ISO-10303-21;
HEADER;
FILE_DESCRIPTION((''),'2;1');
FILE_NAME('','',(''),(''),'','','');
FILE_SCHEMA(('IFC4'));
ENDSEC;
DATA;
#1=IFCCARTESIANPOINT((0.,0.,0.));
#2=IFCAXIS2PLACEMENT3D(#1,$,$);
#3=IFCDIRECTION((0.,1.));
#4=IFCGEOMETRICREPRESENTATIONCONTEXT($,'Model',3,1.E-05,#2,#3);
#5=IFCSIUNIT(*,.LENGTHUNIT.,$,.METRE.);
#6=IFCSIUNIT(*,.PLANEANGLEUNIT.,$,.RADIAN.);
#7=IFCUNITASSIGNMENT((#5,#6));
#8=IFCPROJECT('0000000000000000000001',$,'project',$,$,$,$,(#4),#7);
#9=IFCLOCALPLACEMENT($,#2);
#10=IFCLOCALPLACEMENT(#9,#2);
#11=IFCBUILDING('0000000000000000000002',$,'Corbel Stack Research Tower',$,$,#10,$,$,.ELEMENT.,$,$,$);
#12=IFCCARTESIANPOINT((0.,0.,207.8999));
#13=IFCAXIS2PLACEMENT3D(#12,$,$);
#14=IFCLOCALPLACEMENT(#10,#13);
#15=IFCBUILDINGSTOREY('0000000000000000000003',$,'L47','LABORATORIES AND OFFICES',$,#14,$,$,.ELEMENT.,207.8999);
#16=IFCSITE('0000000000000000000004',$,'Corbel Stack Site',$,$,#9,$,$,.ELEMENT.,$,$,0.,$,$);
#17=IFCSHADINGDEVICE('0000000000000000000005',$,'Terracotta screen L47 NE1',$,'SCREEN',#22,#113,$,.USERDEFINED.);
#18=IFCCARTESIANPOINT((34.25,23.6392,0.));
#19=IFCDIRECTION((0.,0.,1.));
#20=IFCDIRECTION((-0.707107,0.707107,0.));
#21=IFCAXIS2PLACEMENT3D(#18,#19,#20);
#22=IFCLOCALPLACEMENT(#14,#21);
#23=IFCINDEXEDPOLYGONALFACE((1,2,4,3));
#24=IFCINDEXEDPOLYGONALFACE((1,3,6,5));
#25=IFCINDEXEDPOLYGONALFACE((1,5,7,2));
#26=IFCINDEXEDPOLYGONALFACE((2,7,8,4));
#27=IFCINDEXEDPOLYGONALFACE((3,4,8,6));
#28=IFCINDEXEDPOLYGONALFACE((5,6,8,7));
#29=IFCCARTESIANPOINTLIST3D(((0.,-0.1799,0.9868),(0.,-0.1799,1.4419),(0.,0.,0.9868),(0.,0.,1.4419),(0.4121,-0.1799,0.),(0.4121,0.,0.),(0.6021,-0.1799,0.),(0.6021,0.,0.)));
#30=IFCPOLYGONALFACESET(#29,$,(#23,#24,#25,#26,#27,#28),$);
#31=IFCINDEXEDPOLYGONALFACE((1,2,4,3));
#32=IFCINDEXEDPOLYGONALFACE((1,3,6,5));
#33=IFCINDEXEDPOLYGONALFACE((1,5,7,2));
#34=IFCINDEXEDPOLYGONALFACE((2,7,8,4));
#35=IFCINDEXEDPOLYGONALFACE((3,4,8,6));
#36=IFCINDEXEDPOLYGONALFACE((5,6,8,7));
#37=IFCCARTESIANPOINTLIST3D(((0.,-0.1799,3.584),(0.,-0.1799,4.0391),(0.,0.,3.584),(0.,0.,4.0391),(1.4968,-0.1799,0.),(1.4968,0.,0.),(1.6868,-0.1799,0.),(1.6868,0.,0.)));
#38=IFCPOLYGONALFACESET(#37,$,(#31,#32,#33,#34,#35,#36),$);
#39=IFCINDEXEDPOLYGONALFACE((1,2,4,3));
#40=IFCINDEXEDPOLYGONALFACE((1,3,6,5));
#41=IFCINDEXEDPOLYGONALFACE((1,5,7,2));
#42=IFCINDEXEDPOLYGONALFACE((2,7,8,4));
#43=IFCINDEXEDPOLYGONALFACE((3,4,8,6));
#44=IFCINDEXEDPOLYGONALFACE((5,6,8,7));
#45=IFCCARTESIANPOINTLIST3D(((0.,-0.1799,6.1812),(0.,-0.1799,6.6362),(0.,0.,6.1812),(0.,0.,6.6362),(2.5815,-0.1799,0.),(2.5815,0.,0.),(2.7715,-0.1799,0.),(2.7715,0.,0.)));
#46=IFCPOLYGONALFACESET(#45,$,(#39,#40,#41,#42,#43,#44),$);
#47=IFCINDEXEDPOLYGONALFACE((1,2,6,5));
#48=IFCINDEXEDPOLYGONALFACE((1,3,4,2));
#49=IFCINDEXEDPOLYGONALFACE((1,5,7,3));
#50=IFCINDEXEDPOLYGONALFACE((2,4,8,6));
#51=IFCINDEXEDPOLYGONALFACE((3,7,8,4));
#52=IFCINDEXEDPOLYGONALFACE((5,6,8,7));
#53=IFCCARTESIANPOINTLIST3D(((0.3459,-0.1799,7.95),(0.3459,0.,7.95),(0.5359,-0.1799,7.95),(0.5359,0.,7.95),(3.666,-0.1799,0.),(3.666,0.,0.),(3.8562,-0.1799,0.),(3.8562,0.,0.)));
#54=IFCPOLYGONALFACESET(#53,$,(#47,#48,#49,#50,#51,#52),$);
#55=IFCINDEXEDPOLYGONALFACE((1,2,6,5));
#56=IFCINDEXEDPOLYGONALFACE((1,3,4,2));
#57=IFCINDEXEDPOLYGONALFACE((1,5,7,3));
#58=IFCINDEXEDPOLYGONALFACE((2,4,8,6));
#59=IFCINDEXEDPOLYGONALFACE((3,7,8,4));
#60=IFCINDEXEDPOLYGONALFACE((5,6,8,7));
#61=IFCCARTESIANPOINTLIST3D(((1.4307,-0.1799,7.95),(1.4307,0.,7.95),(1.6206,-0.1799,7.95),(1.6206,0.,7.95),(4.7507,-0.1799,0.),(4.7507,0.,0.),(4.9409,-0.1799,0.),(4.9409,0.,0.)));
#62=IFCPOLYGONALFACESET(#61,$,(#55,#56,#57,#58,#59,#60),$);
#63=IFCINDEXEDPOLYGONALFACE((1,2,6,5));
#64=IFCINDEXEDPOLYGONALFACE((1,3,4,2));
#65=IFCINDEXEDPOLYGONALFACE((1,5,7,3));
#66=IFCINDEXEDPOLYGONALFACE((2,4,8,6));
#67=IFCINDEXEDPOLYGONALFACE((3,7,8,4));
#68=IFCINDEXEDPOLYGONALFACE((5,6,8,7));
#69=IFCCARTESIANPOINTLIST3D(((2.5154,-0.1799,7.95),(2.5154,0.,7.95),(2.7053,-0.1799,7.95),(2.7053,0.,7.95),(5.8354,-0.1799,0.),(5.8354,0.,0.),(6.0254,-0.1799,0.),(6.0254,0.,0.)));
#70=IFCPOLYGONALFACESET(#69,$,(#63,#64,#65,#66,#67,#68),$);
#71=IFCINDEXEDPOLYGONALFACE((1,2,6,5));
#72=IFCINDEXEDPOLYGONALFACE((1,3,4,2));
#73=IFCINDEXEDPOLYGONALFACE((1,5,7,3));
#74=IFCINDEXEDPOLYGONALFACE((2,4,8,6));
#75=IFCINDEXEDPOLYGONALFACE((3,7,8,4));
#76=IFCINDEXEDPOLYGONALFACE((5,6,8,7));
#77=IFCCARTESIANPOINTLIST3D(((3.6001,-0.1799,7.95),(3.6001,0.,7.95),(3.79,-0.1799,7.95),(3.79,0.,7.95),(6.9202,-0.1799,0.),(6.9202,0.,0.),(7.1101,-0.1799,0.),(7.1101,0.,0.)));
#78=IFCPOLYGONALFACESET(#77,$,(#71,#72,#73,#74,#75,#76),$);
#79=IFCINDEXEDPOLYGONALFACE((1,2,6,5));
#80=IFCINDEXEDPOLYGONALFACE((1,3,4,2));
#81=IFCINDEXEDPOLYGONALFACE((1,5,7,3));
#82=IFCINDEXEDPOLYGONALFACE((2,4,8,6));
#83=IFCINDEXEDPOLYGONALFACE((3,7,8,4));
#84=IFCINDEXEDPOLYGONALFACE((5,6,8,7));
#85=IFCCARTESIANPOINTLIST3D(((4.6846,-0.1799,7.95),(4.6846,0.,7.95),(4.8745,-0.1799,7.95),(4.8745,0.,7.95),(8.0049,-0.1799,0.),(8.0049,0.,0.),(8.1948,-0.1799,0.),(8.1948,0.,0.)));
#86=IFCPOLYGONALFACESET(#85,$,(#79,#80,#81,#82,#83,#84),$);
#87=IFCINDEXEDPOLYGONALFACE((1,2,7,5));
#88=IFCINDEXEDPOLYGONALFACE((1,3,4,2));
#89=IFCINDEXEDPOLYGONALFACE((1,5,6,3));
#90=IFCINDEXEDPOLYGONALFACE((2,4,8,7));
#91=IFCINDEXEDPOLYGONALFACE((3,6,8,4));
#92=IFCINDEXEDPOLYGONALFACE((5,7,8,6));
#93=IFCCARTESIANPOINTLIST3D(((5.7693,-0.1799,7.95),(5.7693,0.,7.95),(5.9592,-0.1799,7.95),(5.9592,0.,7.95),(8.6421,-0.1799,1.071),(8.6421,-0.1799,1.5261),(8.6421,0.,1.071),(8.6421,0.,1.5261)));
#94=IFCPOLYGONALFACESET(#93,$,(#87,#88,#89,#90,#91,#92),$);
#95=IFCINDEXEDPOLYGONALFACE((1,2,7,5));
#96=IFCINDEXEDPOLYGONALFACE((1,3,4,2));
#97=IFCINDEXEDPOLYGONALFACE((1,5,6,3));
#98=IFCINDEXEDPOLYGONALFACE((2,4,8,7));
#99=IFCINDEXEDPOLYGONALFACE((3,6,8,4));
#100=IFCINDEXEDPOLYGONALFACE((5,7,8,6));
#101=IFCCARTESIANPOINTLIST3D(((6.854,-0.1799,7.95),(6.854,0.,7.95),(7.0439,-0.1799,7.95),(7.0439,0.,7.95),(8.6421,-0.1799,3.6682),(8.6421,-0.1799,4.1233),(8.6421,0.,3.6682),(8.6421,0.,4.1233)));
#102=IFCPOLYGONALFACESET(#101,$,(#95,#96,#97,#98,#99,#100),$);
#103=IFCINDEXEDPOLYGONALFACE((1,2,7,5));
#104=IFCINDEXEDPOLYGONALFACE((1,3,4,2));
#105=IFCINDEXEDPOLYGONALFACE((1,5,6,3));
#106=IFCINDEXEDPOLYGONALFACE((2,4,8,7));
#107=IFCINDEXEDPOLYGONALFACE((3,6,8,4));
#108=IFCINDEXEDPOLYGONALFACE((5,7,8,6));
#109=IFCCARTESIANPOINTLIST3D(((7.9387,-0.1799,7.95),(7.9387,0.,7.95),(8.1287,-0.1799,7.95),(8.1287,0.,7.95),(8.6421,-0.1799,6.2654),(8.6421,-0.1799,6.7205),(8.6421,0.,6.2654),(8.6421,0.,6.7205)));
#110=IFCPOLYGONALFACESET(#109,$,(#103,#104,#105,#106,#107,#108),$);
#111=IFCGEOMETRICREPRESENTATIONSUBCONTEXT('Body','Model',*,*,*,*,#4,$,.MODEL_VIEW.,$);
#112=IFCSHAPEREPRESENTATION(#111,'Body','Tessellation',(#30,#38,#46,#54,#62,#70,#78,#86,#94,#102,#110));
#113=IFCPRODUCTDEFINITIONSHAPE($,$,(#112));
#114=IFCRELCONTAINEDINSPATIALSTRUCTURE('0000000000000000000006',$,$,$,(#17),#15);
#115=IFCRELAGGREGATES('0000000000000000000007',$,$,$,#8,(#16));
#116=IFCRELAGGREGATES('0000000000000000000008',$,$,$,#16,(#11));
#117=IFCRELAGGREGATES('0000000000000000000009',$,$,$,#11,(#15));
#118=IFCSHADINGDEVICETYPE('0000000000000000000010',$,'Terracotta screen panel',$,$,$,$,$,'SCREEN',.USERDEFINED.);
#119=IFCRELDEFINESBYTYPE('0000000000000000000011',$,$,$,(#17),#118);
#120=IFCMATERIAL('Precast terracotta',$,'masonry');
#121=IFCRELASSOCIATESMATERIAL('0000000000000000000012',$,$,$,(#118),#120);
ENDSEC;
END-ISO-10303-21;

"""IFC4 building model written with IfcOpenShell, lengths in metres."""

from ifc_helpers import new_model, si_unit, direction, frame, origin, place, context, subcontext, project, spatial, polyline, outline, extrude, source, transform, mapped, material, type_object, element, save


model = new_model("IFC4")

# Units and contexts
model_context = context("Model", 3, precision=1e-05, world=origin(), true_north=direction((0.0, 1.0)))
body_context = subcontext(model_context, "Body", "Model", "MODEL_VIEW")
ifc_project = project(units=[si_unit("LENGTHUNIT", "METRE"), si_unit("PLANEANGLEUNIT", "RADIAN")], contexts=[model_context])

# Site, building, storey
site_placement = place(None, origin())
site = spatial("IfcSite", under=ifc_project, at=site_placement, Name="Corbel Stack Site", CompositionType="ELEMENT", RefElevation=0.0)
building_placement = place(site_placement, origin())
building = spatial("IfcBuilding", under=site, at=building_placement, Name="Corbel Stack Research Tower", CompositionType="ELEMENT")
storey_placement = place(building_placement, frame((0.0, 0.0, 207.8999)))
storey = spatial("IfcBuildingStorey", under=building, at=storey_placement, Name="L47", Description="LABORATORIES AND OFFICES", CompositionType="ELEMENT", Elevation=207.8999)

# Shading device
ifc_material_1 = material(Name="Precast terracotta", Category="masonry")
shading_device_type = type_object("IfcShadingDeviceType", Name="Terracotta screen panel", ElementType="SCREEN", PredefinedType="USERDEFINED", material=ifc_material_1)
shared_shape_1 = source(origin(), body_context, "Body", "SweptSolid", [
    extrude(outline(polyline([(0.6021, 0.0), (0.0, 1.4419), (0.0, 0.9868), (0.4121, 0.0), (0.6021, 0.0)])), frame((0.0, 0.0, 0.0), z_axis=(0.0, -1.0, 0.0), x_axis=(1.0, 0.0, 0.0)), (0.0, 0.0, 1.0), 0.1799),
    extrude(outline(polyline([(1.6868, 0.0), (0.0, 4.0391), (0.0, 3.584), (1.4968, 0.0), (1.6868, 0.0)])), frame((0.0, 0.0, 0.0), z_axis=(0.0, -1.0, 0.0), x_axis=(1.0, 0.0, 0.0)), (0.0, 0.0, 1.0), 0.1799),
    extrude(outline(polyline([(2.7715, 0.0), (0.0, 6.6362), (0.0, 6.1812), (2.5815, 0.0), (2.7715, 0.0)])), frame((0.0, 0.0, 0.0), z_axis=(0.0, -1.0, 0.0), x_axis=(1.0, 0.0, 0.0)), (0.0, 0.0, 1.0), 0.1799),
    extrude(outline(polyline([(3.8562, 0.0), (0.5359, 7.95), (0.3459, 7.95), (3.666, 0.0), (3.8562, 0.0)])), frame((0.0, 0.0, 0.0), z_axis=(0.0, -1.0, 0.0), x_axis=(1.0, 0.0, 0.0)), (0.0, 0.0, 1.0), 0.1799),
    extrude(outline(polyline([(4.9409, 0.0), (1.6206, 7.95), (1.4307, 7.95), (4.7507, 0.0), (4.9409, 0.0)])), frame((0.0, 0.0, 0.0), z_axis=(0.0, -1.0, 0.0), x_axis=(1.0, 0.0, 0.0)), (0.0, 0.0, 1.0), 0.1799),
    extrude(outline(polyline([(6.0254, 0.0), (2.7053, 7.95), (2.5154, 7.95), (5.8354, 0.0), (6.0254, 0.0)])), frame((0.0, 0.0, 0.0), z_axis=(0.0, -1.0, 0.0), x_axis=(1.0, 0.0, 0.0)), (0.0, 0.0, 1.0), 0.1799),
    extrude(outline(polyline([(7.1101, 0.0), (3.79, 7.95), (3.6001, 7.95), (6.9202, 0.0), (7.1101, 0.0)])), frame((0.0, 0.0, 0.0), z_axis=(0.0, -1.0, 0.0), x_axis=(1.0, 0.0, 0.0)), (0.0, 0.0, 1.0), 0.1799),
    extrude(outline(polyline([(8.1948, 0.0), (4.8745, 7.95), (4.6846, 7.95), (8.0049, 0.0), (8.1948, 0.0)])), frame((0.0, 0.0, 0.0), z_axis=(0.0, -1.0, 0.0), x_axis=(1.0, 0.0, 0.0)), (0.0, 0.0, 1.0), 0.1799),
    extrude(outline(polyline([(5.9592, 7.95), (5.7693, 7.95), (8.6421, 1.071), (8.6421, 1.5261), (5.9592, 7.95)])), frame((0.0, 0.0, 0.0), z_axis=(0.0, -1.0, 0.0), x_axis=(1.0, 0.0, 0.0)), (0.0, 0.0, 1.0), 0.1799),
    extrude(outline(polyline([(7.0439, 7.95), (6.854, 7.95), (8.6421, 3.6682), (8.6421, 4.1233), (7.0439, 7.95)])), frame((0.0, 0.0, 0.0), z_axis=(0.0, -1.0, 0.0), x_axis=(1.0, 0.0, 0.0)), (0.0, 0.0, 1.0), 0.1799),
    extrude(outline(polyline([(8.1287, 7.95), (7.9387, 7.95), (8.6421, 6.2654), (8.6421, 6.7205), (8.1287, 7.95)])), frame((0.0, 0.0, 0.0), z_axis=(0.0, -1.0, 0.0), x_axis=(1.0, 0.0, 0.0)), (0.0, 0.0, 1.0), 0.1799),
])
shading_device_1_placement = place(storey_placement, frame((34.25, 23.6392, 0.0), z_axis=(0.0, 0.0, 1.0), x_axis=(-0.707107, 0.707107, 0.0)))
element("IfcShadingDevice", 1, at=shading_device_1_placement, inside=storey, type_object=shading_device_type, Name="Terracotta screen L47 NE1", ObjectType="SCREEN", PredefinedType="USERDEFINED", context=body_context, shape_type="MappedRepresentation", body=[
    mapped(shared_shape_1, transform((0.0, 0.0, 0.0))),
])

save(model, "model.ifc")
